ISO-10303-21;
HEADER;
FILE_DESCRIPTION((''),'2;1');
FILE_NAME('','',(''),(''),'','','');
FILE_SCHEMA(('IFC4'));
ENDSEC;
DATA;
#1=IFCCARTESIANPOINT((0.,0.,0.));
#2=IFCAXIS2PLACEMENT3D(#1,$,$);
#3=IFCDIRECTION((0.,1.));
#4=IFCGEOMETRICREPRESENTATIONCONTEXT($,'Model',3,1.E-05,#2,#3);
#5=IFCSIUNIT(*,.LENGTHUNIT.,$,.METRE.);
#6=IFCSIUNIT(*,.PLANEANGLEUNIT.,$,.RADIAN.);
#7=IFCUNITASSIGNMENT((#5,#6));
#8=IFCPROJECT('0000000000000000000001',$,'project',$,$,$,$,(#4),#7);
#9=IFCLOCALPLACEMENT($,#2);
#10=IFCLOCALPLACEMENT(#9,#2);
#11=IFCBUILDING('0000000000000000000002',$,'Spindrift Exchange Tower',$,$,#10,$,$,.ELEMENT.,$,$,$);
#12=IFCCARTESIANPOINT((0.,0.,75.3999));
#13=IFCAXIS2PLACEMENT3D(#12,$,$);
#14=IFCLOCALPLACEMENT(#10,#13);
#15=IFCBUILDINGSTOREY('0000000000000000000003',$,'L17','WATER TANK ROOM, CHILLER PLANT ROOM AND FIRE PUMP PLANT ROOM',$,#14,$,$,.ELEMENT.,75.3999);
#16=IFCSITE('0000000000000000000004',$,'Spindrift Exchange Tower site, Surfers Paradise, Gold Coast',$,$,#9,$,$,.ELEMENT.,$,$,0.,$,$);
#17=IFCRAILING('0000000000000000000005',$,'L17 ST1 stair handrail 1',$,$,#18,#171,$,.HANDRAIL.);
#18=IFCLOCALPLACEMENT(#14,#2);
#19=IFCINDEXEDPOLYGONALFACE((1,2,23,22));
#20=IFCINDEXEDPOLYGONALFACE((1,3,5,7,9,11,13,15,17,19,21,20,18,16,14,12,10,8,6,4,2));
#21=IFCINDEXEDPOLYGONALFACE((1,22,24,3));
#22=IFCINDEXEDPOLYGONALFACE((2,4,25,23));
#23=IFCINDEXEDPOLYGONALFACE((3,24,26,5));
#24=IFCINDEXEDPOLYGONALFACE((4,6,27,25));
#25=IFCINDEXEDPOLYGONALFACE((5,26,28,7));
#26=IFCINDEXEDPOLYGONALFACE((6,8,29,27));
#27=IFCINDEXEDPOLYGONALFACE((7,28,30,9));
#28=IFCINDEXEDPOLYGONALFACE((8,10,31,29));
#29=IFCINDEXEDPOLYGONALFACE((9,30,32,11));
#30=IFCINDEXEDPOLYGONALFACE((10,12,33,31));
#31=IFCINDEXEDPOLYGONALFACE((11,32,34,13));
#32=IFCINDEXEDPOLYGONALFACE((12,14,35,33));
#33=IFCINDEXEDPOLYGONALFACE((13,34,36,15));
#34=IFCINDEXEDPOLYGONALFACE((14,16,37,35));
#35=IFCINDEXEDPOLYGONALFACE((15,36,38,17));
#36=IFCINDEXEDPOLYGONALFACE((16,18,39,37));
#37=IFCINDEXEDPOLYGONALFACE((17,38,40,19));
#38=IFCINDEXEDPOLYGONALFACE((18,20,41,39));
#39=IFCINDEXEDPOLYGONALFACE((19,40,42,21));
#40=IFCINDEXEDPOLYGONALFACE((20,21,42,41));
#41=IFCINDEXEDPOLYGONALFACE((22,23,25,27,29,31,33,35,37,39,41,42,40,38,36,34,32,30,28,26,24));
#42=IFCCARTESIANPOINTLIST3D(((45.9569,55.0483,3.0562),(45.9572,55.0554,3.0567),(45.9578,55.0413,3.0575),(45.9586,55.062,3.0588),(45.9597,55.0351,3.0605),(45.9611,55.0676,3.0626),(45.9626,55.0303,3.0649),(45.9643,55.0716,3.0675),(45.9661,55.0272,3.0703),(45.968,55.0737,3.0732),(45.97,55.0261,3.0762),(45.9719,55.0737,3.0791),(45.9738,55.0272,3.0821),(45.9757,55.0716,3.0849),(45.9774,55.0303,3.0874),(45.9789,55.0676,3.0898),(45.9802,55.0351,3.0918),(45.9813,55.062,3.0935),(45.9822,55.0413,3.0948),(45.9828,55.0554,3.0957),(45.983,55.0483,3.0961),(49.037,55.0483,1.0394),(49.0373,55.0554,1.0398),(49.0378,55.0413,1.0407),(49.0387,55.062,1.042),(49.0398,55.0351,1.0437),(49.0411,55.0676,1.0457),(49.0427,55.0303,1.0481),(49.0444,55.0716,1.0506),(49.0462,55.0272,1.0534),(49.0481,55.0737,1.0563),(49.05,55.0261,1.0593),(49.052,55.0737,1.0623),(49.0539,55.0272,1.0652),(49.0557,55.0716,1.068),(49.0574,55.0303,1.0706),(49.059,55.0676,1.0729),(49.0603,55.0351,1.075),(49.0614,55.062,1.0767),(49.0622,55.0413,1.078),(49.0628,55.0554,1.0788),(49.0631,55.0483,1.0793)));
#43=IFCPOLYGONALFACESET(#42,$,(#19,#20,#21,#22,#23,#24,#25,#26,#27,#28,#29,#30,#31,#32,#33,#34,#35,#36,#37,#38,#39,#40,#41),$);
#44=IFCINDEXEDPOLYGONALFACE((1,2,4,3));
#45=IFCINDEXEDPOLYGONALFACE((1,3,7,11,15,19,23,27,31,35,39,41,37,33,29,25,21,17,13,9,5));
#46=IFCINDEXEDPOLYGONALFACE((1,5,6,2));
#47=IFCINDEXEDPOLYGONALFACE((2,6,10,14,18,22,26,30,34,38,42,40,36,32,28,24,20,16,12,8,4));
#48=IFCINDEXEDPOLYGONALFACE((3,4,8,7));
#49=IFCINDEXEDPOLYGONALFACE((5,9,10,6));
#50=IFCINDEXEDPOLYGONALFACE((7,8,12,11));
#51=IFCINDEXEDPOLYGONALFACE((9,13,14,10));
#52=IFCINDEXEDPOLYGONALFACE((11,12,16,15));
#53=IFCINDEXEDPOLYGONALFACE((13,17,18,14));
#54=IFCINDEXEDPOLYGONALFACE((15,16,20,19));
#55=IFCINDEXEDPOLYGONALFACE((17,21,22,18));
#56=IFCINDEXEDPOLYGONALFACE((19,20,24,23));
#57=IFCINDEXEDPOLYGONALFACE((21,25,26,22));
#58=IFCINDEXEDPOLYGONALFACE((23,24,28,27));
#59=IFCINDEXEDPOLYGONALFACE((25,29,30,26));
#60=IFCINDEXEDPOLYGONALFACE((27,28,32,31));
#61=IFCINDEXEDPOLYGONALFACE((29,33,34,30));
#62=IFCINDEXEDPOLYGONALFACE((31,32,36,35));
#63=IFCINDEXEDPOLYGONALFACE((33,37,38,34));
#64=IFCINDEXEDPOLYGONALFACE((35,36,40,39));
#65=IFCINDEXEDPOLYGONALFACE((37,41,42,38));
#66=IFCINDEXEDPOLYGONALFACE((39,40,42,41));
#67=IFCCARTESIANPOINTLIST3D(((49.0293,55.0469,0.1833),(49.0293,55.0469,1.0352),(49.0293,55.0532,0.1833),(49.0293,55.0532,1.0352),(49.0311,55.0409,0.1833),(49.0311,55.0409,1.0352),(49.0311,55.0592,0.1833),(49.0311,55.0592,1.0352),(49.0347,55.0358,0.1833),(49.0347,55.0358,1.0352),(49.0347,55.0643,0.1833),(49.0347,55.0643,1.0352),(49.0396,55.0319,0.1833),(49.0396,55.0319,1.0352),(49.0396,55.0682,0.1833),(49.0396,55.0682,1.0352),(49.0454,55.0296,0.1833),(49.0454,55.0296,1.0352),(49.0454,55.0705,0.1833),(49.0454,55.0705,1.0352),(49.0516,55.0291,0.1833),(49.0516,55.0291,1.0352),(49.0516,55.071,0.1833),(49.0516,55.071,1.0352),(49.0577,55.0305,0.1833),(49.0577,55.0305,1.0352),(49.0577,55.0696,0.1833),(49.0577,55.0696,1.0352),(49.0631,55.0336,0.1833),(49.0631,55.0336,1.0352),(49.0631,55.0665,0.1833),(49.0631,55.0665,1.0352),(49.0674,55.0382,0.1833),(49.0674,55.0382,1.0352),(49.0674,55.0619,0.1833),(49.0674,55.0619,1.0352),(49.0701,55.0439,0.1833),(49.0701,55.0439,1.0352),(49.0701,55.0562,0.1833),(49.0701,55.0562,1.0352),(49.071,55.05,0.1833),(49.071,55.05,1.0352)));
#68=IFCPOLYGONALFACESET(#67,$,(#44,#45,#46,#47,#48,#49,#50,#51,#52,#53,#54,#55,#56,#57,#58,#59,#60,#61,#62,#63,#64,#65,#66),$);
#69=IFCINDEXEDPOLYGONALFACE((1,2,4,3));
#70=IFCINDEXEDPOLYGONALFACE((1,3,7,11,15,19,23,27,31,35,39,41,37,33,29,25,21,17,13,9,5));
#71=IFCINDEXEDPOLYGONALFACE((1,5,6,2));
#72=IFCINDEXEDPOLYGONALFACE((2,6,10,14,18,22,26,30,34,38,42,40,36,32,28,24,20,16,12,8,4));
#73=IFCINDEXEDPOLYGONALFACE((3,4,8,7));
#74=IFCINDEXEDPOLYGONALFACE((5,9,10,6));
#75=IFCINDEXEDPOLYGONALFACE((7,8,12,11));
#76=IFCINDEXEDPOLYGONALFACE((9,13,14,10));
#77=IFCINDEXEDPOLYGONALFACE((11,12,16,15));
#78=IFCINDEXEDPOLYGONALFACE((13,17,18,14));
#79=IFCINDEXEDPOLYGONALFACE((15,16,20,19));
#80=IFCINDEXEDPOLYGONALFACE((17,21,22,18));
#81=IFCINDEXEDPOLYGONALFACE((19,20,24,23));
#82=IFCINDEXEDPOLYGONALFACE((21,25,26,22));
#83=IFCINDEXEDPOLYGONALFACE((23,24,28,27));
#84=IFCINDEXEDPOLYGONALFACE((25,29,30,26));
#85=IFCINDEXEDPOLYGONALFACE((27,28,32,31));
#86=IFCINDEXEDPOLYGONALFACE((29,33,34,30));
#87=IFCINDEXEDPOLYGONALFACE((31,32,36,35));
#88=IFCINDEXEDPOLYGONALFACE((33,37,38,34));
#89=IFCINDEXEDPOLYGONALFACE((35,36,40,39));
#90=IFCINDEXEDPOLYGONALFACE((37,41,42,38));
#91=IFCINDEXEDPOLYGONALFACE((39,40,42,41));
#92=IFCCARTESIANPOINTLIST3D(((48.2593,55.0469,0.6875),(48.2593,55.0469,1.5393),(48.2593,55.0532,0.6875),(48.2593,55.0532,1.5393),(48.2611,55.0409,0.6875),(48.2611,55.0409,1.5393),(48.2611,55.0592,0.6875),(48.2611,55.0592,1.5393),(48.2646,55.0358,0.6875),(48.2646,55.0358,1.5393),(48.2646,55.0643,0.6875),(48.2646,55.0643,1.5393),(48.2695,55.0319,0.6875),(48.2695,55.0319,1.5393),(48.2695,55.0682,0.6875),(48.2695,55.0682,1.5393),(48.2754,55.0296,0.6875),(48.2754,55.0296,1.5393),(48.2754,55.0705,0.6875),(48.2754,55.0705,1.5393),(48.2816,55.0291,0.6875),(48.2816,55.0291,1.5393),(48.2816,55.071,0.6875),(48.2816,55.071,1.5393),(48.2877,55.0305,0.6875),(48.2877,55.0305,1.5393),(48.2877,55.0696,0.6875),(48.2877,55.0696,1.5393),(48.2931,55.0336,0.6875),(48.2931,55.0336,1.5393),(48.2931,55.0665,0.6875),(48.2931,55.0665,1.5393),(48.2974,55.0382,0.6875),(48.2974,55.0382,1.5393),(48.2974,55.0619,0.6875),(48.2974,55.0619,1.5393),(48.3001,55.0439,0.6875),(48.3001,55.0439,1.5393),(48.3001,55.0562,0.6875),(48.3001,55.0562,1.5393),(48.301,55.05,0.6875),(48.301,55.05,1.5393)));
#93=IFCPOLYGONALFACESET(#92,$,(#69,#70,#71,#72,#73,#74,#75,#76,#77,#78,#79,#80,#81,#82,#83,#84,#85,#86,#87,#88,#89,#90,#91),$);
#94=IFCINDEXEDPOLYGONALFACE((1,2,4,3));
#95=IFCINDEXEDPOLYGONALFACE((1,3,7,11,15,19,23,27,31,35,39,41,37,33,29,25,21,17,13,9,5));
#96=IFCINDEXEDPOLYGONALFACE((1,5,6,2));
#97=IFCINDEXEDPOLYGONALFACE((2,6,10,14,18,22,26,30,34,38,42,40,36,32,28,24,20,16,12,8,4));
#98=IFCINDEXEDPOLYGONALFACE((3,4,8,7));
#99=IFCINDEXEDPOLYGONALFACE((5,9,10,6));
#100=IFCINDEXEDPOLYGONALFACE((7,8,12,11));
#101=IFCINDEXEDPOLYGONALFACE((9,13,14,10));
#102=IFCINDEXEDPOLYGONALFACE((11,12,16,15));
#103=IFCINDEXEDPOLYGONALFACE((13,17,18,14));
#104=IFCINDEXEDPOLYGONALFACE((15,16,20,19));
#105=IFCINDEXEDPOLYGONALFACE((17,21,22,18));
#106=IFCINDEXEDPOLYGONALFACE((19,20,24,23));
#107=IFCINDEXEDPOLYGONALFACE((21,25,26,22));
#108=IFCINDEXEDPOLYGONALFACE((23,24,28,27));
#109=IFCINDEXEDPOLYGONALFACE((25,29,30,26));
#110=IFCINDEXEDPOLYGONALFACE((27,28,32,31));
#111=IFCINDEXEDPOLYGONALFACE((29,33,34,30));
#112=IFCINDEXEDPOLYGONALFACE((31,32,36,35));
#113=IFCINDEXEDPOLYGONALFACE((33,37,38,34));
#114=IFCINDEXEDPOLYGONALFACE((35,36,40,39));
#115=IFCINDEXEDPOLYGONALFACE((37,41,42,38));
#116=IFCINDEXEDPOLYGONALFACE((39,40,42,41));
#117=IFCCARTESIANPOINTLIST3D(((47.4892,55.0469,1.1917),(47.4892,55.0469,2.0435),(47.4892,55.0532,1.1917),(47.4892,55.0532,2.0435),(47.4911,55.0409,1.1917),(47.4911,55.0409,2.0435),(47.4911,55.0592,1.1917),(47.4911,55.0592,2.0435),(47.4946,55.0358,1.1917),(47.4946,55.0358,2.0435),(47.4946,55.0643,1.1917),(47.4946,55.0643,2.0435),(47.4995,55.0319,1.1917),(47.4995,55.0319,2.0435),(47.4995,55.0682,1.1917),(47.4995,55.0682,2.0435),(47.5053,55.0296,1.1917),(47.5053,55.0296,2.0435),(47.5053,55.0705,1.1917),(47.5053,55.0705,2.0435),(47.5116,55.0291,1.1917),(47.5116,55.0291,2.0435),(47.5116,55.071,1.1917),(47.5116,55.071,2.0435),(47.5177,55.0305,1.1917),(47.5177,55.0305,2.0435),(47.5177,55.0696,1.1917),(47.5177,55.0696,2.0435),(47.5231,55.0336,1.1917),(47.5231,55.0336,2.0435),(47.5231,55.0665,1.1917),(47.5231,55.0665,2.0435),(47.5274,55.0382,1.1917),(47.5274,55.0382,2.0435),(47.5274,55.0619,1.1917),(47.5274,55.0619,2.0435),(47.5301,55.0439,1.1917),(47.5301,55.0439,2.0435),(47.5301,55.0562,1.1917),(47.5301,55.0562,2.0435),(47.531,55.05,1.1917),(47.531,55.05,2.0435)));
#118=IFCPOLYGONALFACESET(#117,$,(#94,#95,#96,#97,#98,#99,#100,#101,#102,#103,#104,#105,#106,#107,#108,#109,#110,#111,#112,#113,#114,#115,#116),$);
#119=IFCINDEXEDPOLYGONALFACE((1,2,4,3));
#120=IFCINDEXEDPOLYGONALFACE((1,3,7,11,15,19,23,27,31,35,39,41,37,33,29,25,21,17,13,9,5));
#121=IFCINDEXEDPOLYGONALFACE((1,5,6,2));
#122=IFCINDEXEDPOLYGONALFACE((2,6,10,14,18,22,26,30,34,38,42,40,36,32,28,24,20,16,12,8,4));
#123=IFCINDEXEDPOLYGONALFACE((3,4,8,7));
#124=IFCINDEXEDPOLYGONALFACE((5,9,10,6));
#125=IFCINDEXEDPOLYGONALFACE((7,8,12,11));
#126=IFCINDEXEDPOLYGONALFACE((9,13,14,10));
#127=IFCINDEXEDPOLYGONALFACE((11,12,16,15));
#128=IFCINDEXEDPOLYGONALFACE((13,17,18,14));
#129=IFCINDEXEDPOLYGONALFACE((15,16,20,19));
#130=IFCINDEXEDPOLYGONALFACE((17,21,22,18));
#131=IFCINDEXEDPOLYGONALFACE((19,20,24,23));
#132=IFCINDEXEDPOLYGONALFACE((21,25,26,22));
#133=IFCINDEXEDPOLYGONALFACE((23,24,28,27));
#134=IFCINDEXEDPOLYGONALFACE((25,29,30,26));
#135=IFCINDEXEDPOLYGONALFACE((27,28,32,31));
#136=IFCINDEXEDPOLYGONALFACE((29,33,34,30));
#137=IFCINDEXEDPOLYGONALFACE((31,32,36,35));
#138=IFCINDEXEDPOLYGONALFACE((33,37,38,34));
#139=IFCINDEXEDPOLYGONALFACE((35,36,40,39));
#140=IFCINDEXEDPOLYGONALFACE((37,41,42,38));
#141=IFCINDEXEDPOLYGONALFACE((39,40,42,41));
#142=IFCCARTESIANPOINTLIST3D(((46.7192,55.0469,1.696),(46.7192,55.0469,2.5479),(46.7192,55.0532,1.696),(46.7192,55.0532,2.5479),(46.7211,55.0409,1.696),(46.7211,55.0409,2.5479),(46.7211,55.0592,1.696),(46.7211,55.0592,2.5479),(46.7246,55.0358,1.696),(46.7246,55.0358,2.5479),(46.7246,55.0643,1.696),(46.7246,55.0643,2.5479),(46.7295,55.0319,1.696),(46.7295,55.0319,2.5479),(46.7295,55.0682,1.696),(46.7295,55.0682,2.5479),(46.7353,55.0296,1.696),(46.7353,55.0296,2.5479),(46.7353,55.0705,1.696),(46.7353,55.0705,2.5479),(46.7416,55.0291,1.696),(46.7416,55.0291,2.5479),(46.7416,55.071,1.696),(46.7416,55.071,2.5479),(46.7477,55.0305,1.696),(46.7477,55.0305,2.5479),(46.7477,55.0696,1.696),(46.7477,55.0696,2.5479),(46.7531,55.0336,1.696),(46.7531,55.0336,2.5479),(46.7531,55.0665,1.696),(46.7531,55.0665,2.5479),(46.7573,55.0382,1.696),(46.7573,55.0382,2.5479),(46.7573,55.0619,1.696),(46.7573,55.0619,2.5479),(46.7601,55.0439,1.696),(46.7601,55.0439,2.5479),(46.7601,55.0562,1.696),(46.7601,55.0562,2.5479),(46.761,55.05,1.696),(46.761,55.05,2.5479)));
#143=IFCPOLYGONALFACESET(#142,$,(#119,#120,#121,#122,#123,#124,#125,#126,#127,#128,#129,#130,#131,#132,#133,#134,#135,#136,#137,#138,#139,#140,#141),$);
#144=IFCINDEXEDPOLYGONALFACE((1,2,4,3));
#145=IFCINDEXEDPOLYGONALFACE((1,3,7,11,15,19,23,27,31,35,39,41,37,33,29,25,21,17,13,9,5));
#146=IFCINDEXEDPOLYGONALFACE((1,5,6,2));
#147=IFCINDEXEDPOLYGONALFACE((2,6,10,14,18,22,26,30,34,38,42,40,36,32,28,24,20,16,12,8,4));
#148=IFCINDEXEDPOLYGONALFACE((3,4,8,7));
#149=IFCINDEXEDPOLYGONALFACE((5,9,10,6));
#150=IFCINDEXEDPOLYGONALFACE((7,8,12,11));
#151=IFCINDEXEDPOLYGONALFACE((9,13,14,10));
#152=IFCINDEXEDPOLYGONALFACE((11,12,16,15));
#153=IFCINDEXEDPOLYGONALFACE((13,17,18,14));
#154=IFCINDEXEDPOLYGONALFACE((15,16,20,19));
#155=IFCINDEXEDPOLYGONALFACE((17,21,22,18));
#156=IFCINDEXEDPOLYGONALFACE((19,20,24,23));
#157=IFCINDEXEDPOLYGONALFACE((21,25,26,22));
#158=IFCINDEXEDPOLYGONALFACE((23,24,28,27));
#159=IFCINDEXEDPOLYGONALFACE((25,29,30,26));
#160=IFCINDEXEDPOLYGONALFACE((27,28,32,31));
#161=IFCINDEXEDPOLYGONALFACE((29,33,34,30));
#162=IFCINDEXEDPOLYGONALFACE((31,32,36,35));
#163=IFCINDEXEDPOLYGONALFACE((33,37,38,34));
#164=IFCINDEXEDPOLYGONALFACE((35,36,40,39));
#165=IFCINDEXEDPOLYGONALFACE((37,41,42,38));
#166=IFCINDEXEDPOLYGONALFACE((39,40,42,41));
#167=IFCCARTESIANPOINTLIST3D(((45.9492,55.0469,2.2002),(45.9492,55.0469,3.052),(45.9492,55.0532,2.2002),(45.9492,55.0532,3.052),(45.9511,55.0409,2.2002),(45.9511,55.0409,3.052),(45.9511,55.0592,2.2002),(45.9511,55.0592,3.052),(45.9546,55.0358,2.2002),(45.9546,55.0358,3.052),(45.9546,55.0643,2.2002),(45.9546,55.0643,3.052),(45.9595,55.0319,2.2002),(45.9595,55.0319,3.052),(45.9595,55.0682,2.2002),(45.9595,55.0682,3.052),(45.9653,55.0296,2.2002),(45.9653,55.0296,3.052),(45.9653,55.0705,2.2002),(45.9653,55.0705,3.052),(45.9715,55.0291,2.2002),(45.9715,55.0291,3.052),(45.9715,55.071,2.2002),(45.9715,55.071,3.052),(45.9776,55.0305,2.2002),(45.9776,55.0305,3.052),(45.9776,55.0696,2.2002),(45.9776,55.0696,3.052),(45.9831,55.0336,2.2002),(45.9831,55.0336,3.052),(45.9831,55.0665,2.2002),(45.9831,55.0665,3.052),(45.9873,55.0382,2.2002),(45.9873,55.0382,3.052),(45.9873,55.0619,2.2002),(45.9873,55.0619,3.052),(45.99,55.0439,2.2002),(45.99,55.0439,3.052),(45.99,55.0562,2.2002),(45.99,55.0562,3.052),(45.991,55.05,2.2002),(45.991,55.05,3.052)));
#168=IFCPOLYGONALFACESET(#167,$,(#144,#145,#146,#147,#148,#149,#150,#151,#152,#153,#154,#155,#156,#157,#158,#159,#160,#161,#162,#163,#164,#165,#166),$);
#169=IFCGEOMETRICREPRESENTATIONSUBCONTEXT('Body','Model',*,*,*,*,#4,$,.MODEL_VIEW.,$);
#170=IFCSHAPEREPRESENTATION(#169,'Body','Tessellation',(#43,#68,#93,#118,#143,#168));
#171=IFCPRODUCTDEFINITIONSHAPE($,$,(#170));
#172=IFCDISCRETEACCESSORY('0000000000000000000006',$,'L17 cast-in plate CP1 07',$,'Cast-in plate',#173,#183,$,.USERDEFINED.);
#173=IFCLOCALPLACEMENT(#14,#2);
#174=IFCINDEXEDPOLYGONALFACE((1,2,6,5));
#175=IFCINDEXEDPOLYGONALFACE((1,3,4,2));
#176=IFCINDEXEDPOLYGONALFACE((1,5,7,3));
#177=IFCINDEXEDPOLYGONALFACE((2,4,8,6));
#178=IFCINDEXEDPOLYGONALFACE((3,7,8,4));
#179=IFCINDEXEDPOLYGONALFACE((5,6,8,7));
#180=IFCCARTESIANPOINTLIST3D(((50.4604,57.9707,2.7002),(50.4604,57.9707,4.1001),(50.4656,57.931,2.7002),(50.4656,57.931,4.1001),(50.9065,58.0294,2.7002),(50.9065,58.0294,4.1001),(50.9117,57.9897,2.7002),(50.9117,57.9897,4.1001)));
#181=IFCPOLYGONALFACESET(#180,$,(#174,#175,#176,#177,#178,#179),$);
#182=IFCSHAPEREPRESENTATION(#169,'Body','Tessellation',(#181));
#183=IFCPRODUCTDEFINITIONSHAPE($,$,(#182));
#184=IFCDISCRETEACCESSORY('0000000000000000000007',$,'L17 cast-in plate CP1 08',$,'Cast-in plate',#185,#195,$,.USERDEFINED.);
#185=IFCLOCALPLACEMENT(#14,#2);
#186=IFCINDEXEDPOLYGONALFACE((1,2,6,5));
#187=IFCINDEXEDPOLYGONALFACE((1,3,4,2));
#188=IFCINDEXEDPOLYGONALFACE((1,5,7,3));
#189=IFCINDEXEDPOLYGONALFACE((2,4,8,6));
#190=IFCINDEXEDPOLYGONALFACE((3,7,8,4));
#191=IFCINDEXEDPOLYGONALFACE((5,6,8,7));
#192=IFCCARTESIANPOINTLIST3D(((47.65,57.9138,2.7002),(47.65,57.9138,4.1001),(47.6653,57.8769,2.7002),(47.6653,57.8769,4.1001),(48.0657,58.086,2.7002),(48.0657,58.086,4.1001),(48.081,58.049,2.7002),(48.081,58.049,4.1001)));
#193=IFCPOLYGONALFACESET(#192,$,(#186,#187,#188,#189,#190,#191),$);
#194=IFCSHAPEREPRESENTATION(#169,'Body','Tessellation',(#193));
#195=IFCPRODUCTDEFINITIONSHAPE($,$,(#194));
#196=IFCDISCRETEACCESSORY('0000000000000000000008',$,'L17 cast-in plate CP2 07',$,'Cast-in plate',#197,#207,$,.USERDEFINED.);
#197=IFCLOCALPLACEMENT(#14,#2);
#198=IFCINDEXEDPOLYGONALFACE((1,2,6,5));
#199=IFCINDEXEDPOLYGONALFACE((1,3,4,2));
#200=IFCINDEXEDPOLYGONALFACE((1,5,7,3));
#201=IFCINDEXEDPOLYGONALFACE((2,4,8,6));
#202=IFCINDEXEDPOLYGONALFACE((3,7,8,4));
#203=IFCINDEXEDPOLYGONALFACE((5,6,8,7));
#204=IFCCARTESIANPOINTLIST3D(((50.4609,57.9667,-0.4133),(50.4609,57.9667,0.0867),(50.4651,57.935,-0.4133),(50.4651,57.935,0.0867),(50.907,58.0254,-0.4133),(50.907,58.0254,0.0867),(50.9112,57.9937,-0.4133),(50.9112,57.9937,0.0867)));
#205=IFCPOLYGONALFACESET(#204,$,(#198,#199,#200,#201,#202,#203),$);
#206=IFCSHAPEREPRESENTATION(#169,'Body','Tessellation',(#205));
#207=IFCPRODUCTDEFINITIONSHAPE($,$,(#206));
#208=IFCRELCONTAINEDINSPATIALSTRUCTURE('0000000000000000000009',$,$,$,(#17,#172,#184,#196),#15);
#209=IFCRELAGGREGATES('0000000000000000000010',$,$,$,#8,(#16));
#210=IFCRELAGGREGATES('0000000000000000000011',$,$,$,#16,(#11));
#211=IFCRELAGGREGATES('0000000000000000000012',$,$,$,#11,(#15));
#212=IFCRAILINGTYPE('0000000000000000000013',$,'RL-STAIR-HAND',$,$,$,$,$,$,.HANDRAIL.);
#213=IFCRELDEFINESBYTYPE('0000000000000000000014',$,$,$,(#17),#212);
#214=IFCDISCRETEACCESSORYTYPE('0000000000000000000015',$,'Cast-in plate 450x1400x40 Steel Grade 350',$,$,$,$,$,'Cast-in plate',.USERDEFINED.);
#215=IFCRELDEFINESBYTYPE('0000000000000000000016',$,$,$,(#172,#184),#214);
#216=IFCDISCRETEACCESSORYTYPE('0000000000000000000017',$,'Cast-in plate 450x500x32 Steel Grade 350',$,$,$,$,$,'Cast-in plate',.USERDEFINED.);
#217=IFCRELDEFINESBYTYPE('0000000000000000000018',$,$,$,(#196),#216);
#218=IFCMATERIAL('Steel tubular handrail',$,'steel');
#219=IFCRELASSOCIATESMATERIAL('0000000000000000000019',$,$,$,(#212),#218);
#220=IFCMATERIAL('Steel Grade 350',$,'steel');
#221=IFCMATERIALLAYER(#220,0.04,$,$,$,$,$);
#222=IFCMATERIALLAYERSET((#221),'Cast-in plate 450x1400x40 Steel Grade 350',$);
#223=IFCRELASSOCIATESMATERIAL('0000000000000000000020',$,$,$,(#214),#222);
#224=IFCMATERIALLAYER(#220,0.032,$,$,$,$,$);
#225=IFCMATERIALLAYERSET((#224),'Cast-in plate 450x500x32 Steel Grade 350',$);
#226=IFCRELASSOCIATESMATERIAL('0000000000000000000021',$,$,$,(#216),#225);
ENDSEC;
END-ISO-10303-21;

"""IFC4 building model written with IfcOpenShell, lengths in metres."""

from ifc_helpers import new_model, si_unit, direction, frame, origin, origin_2d, place, context, subcontext, project, spatial, rectangle, circle, extrude, source, transform, mapped, material, layer, layer_set, type_object, element, save


model = new_model("IFC4")

# Units and contexts
model_context = context("Model", 3, precision=1e-05, world=origin(), true_north=direction((0.0, 1.0)))
body_context = subcontext(model_context, "Body", "Model", "MODEL_VIEW")
ifc_project = project(units=[si_unit("LENGTHUNIT", "METRE"), si_unit("PLANEANGLEUNIT", "RADIAN")], contexts=[model_context])

# Site, building, storey
site_placement = place(None, origin())
site = spatial("IfcSite", under=ifc_project, at=site_placement, Name="Spindrift Exchange Tower site, Surfers Paradise, Gold Coast", CompositionType="ELEMENT", RefElevation=0.0)
building_placement = place(site_placement, origin())
building = spatial("IfcBuilding", under=site, at=building_placement, Name="Spindrift Exchange Tower", CompositionType="ELEMENT")
storey_placement = place(building_placement, frame((0.0, 0.0, 75.3999)))
storey = spatial("IfcBuildingStorey", under=building, at=storey_placement, Name="L17", Description="WATER TANK ROOM, CHILLER PLANT ROOM AND FIRE PUMP PLANT ROOM", CompositionType="ELEMENT", Elevation=75.3999)

# Railing
ifc_material_1 = material(Name="Steel tubular handrail", Category="steel")
railing_type = type_object("IfcRailingType", Name="RL-STAIR-HAND", PredefinedType="HANDRAIL", material=ifc_material_1)
railing_placement = place(storey_placement, frame((49.05, 55.05, 0.1833)))
element("IfcRailing", 1, at=railing_placement, inside=storey, type_object=railing_type, Name="L17 ST1 stair handrail 1", PredefinedType="HANDRAIL", context=body_context, shape_type="SweptSolid", body=[
    extrude(circle(Radius=0.0239, at=origin_2d()), frame((0.0, 0.0, 0.876), z_axis=(-0.836603, 0.0, 0.54781), x_axis=(0.0, -1.0, 0.0)), (0.0, 0.0, 1.0), 3.6816),
    extrude(circle(Radius=0.021, at=origin_2d()), origin(), (0.0, 0.0, 1.0), 0.8518),
    extrude(circle(Radius=0.021, at=origin_2d()), frame((-0.77, 0.0, 0.5042)), (0.0, 0.0, 1.0), 0.8518),
    extrude(circle(Radius=0.021, at=origin_2d()), frame((-1.54, 0.0, 1.0083)), (0.0, 0.0, 1.0), 0.8518),
    extrude(circle(Radius=0.021, at=origin_2d()), frame((-2.3101, 0.0, 1.5127)), (0.0, 0.0, 1.0), 0.8518),
    extrude(circle(Radius=0.021, at=origin_2d()), frame((-3.0801, 0.0, 2.0168)), (0.0, 0.0, 1.0), 0.8518),
])

# Discrete accessories
ifc_material_2 = material(Name="Steel Grade 350", Category="steel")
ifc_layer_1 = layer(ifc_material_2, 0.04)
ifc_layer_set_1 = layer_set([ifc_layer_1], Name="Cast-in plate 450x1400x40 Steel Grade 350")
discrete_accessory_type_1 = type_object("IfcDiscreteAccessoryType", Name="Cast-in plate 450x1400x40 Steel Grade 350", ElementType="Cast-in plate", PredefinedType="USERDEFINED", material=ifc_layer_set_1)
shared_shape_1 = source(origin(), body_context, "Body", "SweptSolid", [
    extrude(rectangle(XDim=0.04, YDim=0.45, at=origin_2d()), origin(), (0.0, 0.0, 1.0), 1.3999),
])
for number, where, z_axis, x_axis, name in (
    (2, (50.686, 57.9802, 2.7002), (0.0, 0.0, 1.0), (-0.130526, 0.991445, 0.0), "L17 cast-in plate CP1 07"),
    (3, (47.8655, 57.9814, 2.7002), (0.0, 0.0, 1.0), (-0.382683, 0.92388, 0.0), "L17 cast-in plate CP1 08"),
):
    element("IfcDiscreteAccessory", number, at=place(storey_placement, frame(where, z_axis=z_axis, x_axis=x_axis)), inside=storey, type_object=discrete_accessory_type_1, Name=name, ObjectType="Cast-in plate", PredefinedType="USERDEFINED", context=body_context, shape_type="MappedRepresentation", body=[
        mapped(shared_shape_1, transform((0.0, 0.0, 0.0), scale=1.0)),
    ])
ifc_layer_2 = layer(ifc_material_2, 0.032)
ifc_layer_set_2 = layer_set([ifc_layer_2], Name="Cast-in plate 450x500x32 Steel Grade 350")
discrete_accessory_type_2 = type_object("IfcDiscreteAccessoryType", Name="Cast-in plate 450x500x32 Steel Grade 350", ElementType="Cast-in plate", PredefinedType="USERDEFINED", material=ifc_layer_set_2)
shared_shape_2 = source(origin(), body_context, "Body", "SweptSolid", [
    extrude(rectangle(XDim=0.032, YDim=0.45, at=origin_2d()), origin(), (0.0, 0.0, 1.0), 0.5),
])
for number, where, z_axis, x_axis, name in (
    (4, (50.686, 57.9802, -0.4133), (0.0, 0.0, 1.0), (-0.130526, 0.991445, 0.0), "L17 cast-in plate CP2 07"),
):
    element("IfcDiscreteAccessory", number, at=place(storey_placement, frame(where, z_axis=z_axis, x_axis=x_axis)), inside=storey, type_object=discrete_accessory_type_2, Name=name, ObjectType="Cast-in plate", PredefinedType="USERDEFINED", context=body_context, shape_type="MappedRepresentation", body=[
        mapped(shared_shape_2, transform((0.0, 0.0, 0.0), scale=1.0)),
    ])

save(model, "model.ifc")
